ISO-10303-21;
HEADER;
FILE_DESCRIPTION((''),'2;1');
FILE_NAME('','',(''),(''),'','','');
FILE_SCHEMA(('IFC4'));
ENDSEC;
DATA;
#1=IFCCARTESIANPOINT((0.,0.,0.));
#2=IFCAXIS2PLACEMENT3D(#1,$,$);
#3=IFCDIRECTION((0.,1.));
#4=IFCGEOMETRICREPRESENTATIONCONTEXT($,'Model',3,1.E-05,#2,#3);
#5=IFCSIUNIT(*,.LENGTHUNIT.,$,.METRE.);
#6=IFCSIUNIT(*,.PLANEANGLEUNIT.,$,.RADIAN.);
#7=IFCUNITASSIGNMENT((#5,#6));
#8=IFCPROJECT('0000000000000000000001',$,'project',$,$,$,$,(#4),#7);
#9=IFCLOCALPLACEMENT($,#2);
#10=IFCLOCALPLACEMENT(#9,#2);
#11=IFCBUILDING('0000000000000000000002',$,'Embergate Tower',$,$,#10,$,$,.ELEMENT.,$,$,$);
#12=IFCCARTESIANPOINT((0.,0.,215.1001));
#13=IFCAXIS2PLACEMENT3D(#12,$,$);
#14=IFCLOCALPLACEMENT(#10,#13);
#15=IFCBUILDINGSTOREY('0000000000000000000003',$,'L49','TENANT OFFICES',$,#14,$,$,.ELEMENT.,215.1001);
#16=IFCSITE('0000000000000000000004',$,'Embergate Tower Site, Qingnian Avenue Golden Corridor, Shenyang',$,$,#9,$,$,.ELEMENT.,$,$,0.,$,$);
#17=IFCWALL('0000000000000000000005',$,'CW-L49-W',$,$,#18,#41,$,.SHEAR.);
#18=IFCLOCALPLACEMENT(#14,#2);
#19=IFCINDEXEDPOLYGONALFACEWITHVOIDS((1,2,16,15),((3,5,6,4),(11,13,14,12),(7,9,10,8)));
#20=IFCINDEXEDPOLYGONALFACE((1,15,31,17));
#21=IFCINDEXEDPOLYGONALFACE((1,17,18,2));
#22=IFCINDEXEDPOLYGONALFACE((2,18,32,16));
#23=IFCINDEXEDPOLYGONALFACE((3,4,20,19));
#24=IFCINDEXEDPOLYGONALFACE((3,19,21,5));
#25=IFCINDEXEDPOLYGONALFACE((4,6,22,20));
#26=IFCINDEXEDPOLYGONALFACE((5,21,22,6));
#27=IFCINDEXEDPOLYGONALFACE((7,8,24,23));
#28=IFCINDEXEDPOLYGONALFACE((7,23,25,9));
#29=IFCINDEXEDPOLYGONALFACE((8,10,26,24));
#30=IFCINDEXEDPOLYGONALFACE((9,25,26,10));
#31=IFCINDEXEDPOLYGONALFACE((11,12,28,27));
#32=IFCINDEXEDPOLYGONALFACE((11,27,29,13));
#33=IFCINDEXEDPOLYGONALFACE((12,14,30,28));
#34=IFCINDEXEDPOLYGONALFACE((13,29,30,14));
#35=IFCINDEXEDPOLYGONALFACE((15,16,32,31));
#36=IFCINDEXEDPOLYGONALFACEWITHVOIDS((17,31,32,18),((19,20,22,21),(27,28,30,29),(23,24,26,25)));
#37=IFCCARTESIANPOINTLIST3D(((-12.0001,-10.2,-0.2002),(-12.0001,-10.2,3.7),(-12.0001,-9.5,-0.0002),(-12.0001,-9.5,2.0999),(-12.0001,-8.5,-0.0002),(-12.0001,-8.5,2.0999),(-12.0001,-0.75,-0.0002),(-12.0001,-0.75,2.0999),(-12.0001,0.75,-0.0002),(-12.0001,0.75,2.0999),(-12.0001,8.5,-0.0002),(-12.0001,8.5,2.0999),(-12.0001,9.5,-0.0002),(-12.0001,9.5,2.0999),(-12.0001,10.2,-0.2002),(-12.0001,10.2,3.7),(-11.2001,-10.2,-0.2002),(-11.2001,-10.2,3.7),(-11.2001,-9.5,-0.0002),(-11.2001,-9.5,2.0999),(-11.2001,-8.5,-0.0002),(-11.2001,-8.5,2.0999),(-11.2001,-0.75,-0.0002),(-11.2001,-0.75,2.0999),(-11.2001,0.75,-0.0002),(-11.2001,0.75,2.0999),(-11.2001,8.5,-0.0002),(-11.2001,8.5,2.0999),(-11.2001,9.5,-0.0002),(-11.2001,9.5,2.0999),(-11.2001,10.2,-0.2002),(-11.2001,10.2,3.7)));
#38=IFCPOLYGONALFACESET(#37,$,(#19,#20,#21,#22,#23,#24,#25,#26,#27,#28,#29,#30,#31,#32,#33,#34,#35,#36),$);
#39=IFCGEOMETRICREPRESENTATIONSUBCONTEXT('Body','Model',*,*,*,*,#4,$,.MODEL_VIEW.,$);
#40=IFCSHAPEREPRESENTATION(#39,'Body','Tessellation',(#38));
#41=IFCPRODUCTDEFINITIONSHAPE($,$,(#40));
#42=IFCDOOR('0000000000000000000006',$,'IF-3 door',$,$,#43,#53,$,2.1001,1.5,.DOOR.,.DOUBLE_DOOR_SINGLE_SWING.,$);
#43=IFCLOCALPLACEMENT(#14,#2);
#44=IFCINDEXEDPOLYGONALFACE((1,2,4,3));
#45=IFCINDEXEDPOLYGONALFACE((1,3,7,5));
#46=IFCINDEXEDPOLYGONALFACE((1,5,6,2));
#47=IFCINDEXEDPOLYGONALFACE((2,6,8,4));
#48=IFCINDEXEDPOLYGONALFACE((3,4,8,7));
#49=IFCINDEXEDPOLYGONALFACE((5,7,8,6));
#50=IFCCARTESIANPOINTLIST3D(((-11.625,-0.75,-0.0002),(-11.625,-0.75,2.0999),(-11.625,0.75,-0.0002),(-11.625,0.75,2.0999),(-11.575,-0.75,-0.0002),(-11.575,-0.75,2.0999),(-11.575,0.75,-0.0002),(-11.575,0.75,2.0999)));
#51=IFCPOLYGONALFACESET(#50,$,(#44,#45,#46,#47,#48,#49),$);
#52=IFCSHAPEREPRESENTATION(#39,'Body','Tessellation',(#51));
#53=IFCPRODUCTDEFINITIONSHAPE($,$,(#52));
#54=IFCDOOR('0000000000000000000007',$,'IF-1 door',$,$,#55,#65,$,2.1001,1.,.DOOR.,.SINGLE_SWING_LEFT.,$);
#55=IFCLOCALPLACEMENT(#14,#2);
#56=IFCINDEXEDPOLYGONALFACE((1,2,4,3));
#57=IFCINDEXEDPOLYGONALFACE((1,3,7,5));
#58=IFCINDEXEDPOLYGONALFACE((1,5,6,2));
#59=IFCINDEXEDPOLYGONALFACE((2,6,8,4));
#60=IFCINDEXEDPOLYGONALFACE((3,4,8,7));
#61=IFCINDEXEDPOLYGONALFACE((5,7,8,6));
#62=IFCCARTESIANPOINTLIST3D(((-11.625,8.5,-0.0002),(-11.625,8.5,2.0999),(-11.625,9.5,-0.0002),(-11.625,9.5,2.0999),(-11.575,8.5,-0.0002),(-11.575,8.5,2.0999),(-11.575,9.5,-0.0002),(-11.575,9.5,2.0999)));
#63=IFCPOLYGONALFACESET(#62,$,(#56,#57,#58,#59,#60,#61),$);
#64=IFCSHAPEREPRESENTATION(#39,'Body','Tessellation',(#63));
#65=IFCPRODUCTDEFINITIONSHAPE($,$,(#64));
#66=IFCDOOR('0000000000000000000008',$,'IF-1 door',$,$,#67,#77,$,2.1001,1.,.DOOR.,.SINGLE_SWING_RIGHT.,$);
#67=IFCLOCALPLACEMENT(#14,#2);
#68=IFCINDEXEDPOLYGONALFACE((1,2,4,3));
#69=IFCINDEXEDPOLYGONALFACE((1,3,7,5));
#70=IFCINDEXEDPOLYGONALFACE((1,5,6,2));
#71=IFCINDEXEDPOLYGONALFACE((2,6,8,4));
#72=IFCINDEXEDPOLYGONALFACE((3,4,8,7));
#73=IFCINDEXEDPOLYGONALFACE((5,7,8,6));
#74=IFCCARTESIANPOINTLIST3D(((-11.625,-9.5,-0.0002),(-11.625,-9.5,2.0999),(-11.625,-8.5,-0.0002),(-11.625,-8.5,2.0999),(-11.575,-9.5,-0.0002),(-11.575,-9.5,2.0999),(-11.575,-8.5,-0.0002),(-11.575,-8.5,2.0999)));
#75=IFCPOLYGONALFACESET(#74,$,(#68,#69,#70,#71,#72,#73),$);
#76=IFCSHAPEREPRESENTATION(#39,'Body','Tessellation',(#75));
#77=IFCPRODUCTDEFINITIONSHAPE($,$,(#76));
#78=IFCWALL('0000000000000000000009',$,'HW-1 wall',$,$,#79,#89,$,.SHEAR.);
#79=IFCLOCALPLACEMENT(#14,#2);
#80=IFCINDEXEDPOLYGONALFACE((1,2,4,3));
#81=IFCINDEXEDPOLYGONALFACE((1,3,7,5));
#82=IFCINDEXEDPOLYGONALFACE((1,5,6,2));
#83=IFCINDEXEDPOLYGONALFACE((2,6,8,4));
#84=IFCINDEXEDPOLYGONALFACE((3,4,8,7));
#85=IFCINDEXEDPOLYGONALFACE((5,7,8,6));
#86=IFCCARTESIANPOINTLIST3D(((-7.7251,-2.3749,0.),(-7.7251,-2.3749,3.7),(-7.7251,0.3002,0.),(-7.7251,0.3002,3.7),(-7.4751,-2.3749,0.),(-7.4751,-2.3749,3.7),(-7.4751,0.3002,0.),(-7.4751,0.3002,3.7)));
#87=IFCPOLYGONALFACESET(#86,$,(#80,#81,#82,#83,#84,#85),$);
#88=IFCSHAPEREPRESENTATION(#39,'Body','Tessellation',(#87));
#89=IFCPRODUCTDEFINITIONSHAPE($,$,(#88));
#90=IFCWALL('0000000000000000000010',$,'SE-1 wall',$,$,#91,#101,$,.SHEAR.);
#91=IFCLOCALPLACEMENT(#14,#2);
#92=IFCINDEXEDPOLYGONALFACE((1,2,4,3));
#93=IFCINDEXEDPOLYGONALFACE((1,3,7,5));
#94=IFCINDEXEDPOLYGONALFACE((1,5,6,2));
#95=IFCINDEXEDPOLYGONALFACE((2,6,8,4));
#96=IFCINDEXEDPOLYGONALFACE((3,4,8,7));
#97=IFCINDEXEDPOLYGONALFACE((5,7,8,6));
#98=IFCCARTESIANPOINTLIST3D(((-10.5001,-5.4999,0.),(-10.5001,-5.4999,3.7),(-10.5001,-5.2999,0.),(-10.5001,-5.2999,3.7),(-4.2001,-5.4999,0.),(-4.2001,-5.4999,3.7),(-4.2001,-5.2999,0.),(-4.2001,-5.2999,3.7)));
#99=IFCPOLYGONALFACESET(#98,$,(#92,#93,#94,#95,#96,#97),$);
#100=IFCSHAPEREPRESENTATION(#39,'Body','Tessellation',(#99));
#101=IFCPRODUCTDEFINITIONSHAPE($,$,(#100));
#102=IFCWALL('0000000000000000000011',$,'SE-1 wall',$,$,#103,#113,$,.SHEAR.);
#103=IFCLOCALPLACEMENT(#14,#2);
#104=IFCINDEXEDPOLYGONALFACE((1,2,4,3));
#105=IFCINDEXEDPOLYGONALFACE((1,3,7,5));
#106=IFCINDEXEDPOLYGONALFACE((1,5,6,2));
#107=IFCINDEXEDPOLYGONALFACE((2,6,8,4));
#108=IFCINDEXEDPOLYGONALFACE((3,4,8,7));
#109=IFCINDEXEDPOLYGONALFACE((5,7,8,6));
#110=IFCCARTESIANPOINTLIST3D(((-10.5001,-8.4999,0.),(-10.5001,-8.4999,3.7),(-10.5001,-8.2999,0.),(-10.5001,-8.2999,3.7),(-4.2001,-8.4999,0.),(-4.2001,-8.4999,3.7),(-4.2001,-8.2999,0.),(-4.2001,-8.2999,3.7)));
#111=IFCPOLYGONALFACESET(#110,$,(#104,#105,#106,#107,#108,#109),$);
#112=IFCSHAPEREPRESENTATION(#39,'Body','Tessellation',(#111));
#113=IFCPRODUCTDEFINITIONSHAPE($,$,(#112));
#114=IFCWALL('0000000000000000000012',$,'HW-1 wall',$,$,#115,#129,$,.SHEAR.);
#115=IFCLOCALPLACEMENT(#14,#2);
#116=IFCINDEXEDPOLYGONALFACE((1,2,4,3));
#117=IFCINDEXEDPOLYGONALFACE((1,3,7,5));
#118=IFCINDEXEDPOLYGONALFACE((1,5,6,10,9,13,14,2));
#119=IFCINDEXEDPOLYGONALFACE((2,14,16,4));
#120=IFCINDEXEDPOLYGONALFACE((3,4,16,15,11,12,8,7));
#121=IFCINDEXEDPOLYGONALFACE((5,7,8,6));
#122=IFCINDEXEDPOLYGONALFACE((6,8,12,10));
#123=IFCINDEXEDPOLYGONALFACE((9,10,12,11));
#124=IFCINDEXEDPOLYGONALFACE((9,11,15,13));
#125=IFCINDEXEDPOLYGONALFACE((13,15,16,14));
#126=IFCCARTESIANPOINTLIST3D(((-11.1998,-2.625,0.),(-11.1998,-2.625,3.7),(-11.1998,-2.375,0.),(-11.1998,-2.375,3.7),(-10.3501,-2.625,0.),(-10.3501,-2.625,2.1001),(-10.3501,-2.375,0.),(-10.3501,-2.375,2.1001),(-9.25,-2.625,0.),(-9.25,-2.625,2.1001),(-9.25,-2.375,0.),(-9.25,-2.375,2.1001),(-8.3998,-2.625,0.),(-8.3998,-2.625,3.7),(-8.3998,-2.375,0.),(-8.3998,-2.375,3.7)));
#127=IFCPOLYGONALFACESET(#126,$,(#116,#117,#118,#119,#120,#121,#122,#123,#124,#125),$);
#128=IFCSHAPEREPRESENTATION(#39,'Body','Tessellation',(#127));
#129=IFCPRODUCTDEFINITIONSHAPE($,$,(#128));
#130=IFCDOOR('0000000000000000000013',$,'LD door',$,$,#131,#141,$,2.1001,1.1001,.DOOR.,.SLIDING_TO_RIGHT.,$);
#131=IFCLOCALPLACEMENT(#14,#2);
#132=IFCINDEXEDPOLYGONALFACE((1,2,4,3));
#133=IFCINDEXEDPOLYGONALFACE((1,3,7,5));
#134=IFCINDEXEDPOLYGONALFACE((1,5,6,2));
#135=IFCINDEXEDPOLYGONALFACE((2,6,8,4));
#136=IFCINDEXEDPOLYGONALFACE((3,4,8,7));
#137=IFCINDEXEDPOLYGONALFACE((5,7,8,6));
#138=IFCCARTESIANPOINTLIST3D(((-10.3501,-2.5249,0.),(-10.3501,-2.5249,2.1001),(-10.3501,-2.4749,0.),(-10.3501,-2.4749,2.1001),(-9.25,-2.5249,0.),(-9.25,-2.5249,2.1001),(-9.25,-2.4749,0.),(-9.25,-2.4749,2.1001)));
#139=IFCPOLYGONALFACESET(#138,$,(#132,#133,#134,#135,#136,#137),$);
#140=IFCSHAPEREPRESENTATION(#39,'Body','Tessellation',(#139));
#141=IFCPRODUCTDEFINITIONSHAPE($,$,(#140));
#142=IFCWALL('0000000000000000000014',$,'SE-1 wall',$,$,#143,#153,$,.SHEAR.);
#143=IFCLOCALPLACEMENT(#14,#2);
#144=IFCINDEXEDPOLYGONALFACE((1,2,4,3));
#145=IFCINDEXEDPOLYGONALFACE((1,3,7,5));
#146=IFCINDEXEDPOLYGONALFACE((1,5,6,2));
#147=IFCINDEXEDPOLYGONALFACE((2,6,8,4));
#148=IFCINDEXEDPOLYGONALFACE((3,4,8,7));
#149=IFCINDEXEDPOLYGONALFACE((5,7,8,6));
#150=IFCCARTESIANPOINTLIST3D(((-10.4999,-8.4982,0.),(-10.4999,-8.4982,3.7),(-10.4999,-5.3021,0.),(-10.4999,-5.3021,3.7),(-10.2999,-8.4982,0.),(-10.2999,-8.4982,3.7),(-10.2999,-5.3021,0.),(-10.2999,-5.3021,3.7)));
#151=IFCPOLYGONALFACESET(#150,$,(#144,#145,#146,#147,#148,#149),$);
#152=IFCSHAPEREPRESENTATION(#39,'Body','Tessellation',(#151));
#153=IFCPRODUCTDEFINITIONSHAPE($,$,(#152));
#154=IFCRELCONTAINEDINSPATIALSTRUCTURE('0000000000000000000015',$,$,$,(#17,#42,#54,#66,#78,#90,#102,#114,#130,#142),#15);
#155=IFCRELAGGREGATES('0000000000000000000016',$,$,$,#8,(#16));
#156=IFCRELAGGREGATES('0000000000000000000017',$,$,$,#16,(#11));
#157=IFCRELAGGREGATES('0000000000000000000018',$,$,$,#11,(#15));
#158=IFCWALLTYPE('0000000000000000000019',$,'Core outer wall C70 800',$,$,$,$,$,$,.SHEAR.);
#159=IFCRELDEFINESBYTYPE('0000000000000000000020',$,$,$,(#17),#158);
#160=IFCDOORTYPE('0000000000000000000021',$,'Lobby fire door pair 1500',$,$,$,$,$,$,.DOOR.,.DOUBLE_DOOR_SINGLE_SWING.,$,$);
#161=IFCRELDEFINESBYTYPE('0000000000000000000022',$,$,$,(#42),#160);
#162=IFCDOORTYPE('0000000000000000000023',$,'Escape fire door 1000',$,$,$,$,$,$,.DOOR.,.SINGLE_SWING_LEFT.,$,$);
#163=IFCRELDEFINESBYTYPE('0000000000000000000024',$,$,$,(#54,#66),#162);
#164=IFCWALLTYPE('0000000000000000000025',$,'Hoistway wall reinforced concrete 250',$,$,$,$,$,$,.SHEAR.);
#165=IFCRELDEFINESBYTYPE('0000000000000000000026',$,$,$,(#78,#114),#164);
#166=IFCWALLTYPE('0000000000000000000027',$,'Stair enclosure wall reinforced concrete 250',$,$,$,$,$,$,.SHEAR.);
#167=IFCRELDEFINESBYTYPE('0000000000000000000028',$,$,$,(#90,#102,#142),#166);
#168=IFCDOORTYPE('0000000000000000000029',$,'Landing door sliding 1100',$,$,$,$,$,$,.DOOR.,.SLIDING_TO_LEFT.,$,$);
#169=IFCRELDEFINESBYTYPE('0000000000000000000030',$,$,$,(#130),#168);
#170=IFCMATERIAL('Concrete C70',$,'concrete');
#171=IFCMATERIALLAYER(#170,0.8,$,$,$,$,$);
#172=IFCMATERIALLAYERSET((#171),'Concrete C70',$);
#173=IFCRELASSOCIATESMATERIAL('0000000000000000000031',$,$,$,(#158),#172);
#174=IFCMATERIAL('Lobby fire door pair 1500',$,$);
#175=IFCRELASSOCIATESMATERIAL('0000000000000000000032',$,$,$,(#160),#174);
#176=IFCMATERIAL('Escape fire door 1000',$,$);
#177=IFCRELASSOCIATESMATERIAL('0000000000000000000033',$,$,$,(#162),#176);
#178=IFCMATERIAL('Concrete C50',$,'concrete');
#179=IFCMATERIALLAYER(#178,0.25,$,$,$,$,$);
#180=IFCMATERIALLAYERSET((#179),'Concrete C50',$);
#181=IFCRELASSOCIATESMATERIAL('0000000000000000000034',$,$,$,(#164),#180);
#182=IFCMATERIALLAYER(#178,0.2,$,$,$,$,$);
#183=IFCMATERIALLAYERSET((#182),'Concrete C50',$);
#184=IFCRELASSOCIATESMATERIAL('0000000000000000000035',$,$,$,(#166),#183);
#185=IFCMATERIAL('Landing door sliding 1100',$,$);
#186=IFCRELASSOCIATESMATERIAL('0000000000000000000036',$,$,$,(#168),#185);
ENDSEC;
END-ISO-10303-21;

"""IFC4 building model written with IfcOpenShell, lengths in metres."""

from ifc_helpers import new_model, si_unit, direction, frame, frame_2d, origin, place, context, subcontext, project, spatial, rectangle, extrude, source, transform, mapped, material, layer, layer_set, type_object, element, fill, save


model = new_model("IFC4")

# Units and contexts
model_context = context("Model", 3, precision=1e-05, world=origin(), true_north=direction((0.0, 1.0)))
body_context = subcontext(model_context, "Body", "Model", "MODEL_VIEW")
ifc_project = project(units=[si_unit("LENGTHUNIT", "METRE"), si_unit("PLANEANGLEUNIT", "RADIAN")], contexts=[model_context])

# Site, building, storey
site_placement = place(None, origin())
site = spatial("IfcSite", under=ifc_project, at=site_placement, Name="Embergate Tower Site, Qingnian Avenue Golden Corridor, Shenyang", CompositionType="ELEMENT", RefElevation=0.0)
building_placement = place(site_placement, origin())
building = spatial("IfcBuilding", under=site, at=building_placement, Name="Embergate Tower", CompositionType="ELEMENT")
storey_placement = place(building_placement, frame((0.0, 0.0, 215.1001)))
storey = spatial("IfcBuildingStorey", under=building, at=storey_placement, Name="L49", Description="TENANT OFFICES", CompositionType="ELEMENT", Elevation=215.1001)

# Wall, openings, doors
ifc_material_1 = material(Name="Concrete C70", Category="concrete")
ifc_layer_1 = layer(ifc_material_1, 0.8)
ifc_layer_set_1 = layer_set([ifc_layer_1], Name="Concrete C70")
wall_type_1 = type_object("IfcWallType", Name="Core outer wall C70 800", PredefinedType="SHEAR", material=ifc_layer_set_1)
shared_shape_1 = source(origin(), body_context, "Body", "SweptSolid", [
    extrude(rectangle(XDim=20.3999, YDim=0.8, at=frame_2d((10.2, 0.0))), origin(), (0.0, 0.0, 1.0), 3.9001),
])
wall_1_placement = place(storey_placement, frame((-11.6001, -10.2, -0.2002), z_axis=(0.0, 0.0, 1.0), x_axis=(0.0, 1.0, 0.0)))
wall_1 = element("IfcWall", 1, at=wall_1_placement, inside=storey, type_object=wall_type_1, Name="CW-L49-W", PredefinedType="SHEAR", context=body_context, shape_type="MappedRepresentation", body=[
    mapped(shared_shape_1, transform((0.0, 0.0, 0.0))),
])
shared_shape_2 = source(origin(), body_context, "Body", "SweptSolid", [
    extrude(rectangle(XDim=1.0, YDim=2.1001, at=frame_2d((0.5, 1.05))), frame((0.0, 0.4099, 0.0), z_axis=(0.0, -1.0, 0.0), x_axis=(1.0, 0.0, 0.0)), (0.0, 0.0, 1.0), 0.8201),
])
opening_1_placement = place(wall_1_placement, frame((18.7, 0.0, 0.2)))
opening_1 = element("IfcOpeningElement", 2, at=opening_1_placement, cuts=wall_1, PredefinedType="OPENING", context=body_context, shape_type="MappedRepresentation", body=[
    mapped(shared_shape_2, transform((0.0, 0.0, 0.0))),
])
opening_2_placement = place(wall_1_placement, frame((0.7, 0.0, 0.2)))
opening_2 = element("IfcOpeningElement", 3, at=opening_2_placement, cuts=wall_1, PredefinedType="OPENING", context=body_context, shape_type="MappedRepresentation", body=[
    mapped(shared_shape_2, transform((0.0, 0.0, 0.0))),
])
shared_shape_3 = source(origin(), body_context, "Body", "SweptSolid", [
    extrude(rectangle(XDim=1.5, YDim=2.1001, at=frame_2d((0.75, 1.05))), frame((0.0, 0.4099, 0.0), z_axis=(0.0, -1.0, 0.0), x_axis=(1.0, 0.0, 0.0)), (0.0, 0.0, 1.0), 0.8201),
])
opening_3_placement = place(wall_1_placement, frame((9.45, 0.0, 0.2)))
opening_3 = element("IfcOpeningElement", 4, at=opening_3_placement, cuts=wall_1, PredefinedType="OPENING", context=body_context, shape_type="MappedRepresentation", body=[
    mapped(shared_shape_3, transform((0.0, 0.0, 0.0))),
])
ifc_material_2 = material(Name="Lobby fire door pair 1500")
door_type_1 = type_object("IfcDoorType", Name="Lobby fire door pair 1500", OperationType="DOUBLE_DOOR_SINGLE_SWING", PredefinedType="DOOR", material=ifc_material_2)
shared_shape_4 = source(origin(), body_context, "Body", "SweptSolid", [
    extrude(rectangle(XDim=1.5, YDim=2.1001, at=frame_2d((0.75, 1.05))), frame((0.0, 0.0249, 0.0), z_axis=(0.0, -1.0, 0.0), x_axis=(1.0, 0.0, 0.0)), (0.0, 0.0, 1.0), 0.05),
])
door_1_placement = place(opening_3_placement, origin())
door_1 = element("IfcDoor", 5, at=door_1_placement, inside=storey, type_object=door_type_1, Name="IF-3 door", OperationType="DOUBLE_DOOR_SINGLE_SWING", OverallHeight=2.1001, OverallWidth=1.5, PredefinedType="DOOR", context=body_context, shape_type="MappedRepresentation", body=[
    mapped(shared_shape_4, transform((0.0, 0.0, 0.0))),
])
fill(opening_3, door_1)
ifc_material_3 = material(Name="Escape fire door 1000")
door_type_2 = type_object("IfcDoorType", Name="Escape fire door 1000", OperationType="SINGLE_SWING_LEFT", PredefinedType="DOOR", material=ifc_material_3)
shared_shape_5 = source(origin(), body_context, "Body", "SweptSolid", [
    extrude(rectangle(XDim=1.0, YDim=2.1001, at=frame_2d((0.5, 1.05))), frame((0.0, 0.0249, 0.0), z_axis=(0.0, -1.0, 0.0), x_axis=(1.0, 0.0, 0.0)), (0.0, 0.0, 1.0), 0.05),
])
door_2_placement = place(opening_1_placement, origin())
door_2 = element("IfcDoor", 6, at=door_2_placement, inside=storey, type_object=door_type_2, Name="IF-1 door", OperationType="SINGLE_SWING_LEFT", OverallHeight=2.1001, OverallWidth=1.0, PredefinedType="DOOR", context=body_context, shape_type="MappedRepresentation", body=[
    mapped(shared_shape_5, transform((0.0, 0.0, 0.0))),
])
fill(opening_1, door_2)
door_3_placement = place(opening_2_placement, origin())
door_3 = element("IfcDoor", 7, at=door_3_placement, inside=storey, type_object=door_type_2, Name="IF-1 door", OperationType="SINGLE_SWING_RIGHT", OverallHeight=2.1001, OverallWidth=1.0, PredefinedType="DOOR", context=body_context, shape_type="MappedRepresentation", body=[
    mapped(shared_shape_5, transform((0.0, 0.0, 0.0))),
])
fill(opening_2, door_3)

# Walls
ifc_material_4 = material(Name="Concrete C50", Category="concrete")
ifc_layer_2 = layer(ifc_material_4, 0.25)
ifc_layer_set_2 = layer_set([ifc_layer_2], Name="Concrete C50")
wall_type_2 = type_object("IfcWallType", Name="Hoistway wall reinforced concrete 250", PredefinedType="SHEAR", material=ifc_layer_set_2)
shared_shape_6 = source(origin(), body_context, "Body", "SweptSolid", [
    extrude(rectangle(XDim=2.675, YDim=0.25, at=frame_2d((1.3374, 0.0))), origin(), (0.0, 0.0, 1.0), 3.7),
])
wall_2_placement = place(storey_placement, frame((-7.6001, 0.3, 0.0), z_axis=(0.0, 0.0, 1.0), x_axis=(0.0, -1.0, 0.0)))
element("IfcWall", 8, at=wall_2_placement, inside=storey, type_object=wall_type_2, Name="HW-1 wall", PredefinedType="SHEAR", context=body_context, shape_type="MappedRepresentation", body=[
    mapped(shared_shape_6, transform((0.0, 0.0, 0.0))),
])
ifc_layer_3 = layer(ifc_material_4, 0.2)
ifc_layer_set_3 = layer_set([ifc_layer_3], Name="Concrete C50")
wall_type_3 = type_object("IfcWallType", Name="Stair enclosure wall reinforced concrete 250", PredefinedType="SHEAR", material=ifc_layer_set_3)
shared_shape_7 = source(origin(), body_context, "Body", "SweptSolid", [
    extrude(rectangle(XDim=6.3, YDim=0.2, at=frame_2d((3.1499, 0.0))), origin(), (0.0, 0.0, 1.0), 3.7),
])
for number, where, z_axis, x_axis, name in (
    (9, (-10.5, -5.3999, 0.0), (0.0, 0.0, 1.0), (1.0, 0.0, 0.0), "SE-1 wall"),
    (10, (-10.5, -8.3999, 0.0), (0.0, 0.0, 1.0), (1.0, 0.0, 0.0), "SE-1 wall"),
):
    element("IfcWall", number, at=place(storey_placement, frame(where, z_axis=z_axis, x_axis=x_axis)), inside=storey, type_object=wall_type_3, Name=name, PredefinedType="SHEAR", context=body_context, shape_type="MappedRepresentation", body=[
        mapped(shared_shape_7, transform((0.0, 0.0, 0.0))),
    ])

# Wall, opening, door
shared_shape_8 = source(origin(), body_context, "Body", "SweptSolid", [
    extrude(rectangle(XDim=2.8, YDim=0.25, at=frame_2d((1.3999, 0.0))), origin(), (0.0, 0.0, 1.0), 3.7),
])
wall_3_placement = place(storey_placement, frame((-8.3999, -2.5, 0.0), z_axis=(0.0, 0.0, 1.0), x_axis=(-1.0, 0.0, 0.0)))
wall_3 = element("IfcWall", 11, at=wall_3_placement, inside=storey, type_object=wall_type_2, Name="HW-1 wall", PredefinedType="SHEAR", context=body_context, shape_type="MappedRepresentation", body=[
    mapped(shared_shape_8, transform((0.0, 0.0, 0.0))),
])
shared_shape_9 = source(origin(), body_context, "Body", "SweptSolid", [
    extrude(rectangle(XDim=1.1001, YDim=2.1001, at=frame_2d((0.55, 1.05))), frame((0.0, 0.135, 0.0), z_axis=(0.0, -1.0, 0.0), x_axis=(1.0, 0.0, 0.0)), (0.0, 0.0, 1.0), 0.27),
])
opening_4_placement = place(wall_3_placement, frame((0.8501, 0.0, 0.0)))
opening_4 = element("IfcOpeningElement", 12, at=opening_4_placement, cuts=wall_3, PredefinedType="OPENING", context=body_context, shape_type="MappedRepresentation", body=[
    mapped(shared_shape_9, transform((0.0, 0.0, 0.0))),
])
ifc_material_5 = material(Name="Landing door sliding 1100")
door_type_3 = type_object("IfcDoorType", Name="Landing door sliding 1100", OperationType="SLIDING_TO_LEFT", PredefinedType="DOOR", material=ifc_material_5)
shared_shape_10 = source(origin(), body_context, "Body", "SweptSolid", [
    extrude(rectangle(XDim=1.1001, YDim=2.1001, at=frame_2d((0.55, 1.05))), frame((0.0, 0.0249, 0.0), z_axis=(0.0, -1.0, 0.0), x_axis=(1.0, 0.0, 0.0)), (0.0, 0.0, 1.0), 0.05),
])
door_4_placement = place(opening_4_placement, origin())
door_4 = element("IfcDoor", 13, at=door_4_placement, inside=storey, type_object=door_type_3, Name="LD door", OperationType="SLIDING_TO_RIGHT", OverallHeight=2.1001, OverallWidth=1.1001, PredefinedType="DOOR", context=body_context, shape_type="MappedRepresentation", body=[
    mapped(shared_shape_10, transform((0.0, 0.0, 0.0))),
])
fill(opening_4, door_4)

# Wall
shared_shape_11 = source(origin(), body_context, "Body", "SweptSolid", [
    extrude(rectangle(XDim=3.196, YDim=0.2, at=frame_2d((1.5981, 0.0))), origin(), (0.0, 0.0, 1.0), 3.7),
])
wall_4_placement = place(storey_placement, frame((-10.3999, -5.302, 0.0), z_axis=(0.0, 0.0, 1.0), x_axis=(0.0, -1.0, 0.0)))
element("IfcWall", 14, at=wall_4_placement, inside=storey, type_object=wall_type_3, Name="SE-1 wall", PredefinedType="SHEAR", context=body_context, shape_type="MappedRepresentation", body=[
    mapped(shared_shape_11, transform((0.0, 0.0, 0.0))),
])

save(model, "model.ifc")
